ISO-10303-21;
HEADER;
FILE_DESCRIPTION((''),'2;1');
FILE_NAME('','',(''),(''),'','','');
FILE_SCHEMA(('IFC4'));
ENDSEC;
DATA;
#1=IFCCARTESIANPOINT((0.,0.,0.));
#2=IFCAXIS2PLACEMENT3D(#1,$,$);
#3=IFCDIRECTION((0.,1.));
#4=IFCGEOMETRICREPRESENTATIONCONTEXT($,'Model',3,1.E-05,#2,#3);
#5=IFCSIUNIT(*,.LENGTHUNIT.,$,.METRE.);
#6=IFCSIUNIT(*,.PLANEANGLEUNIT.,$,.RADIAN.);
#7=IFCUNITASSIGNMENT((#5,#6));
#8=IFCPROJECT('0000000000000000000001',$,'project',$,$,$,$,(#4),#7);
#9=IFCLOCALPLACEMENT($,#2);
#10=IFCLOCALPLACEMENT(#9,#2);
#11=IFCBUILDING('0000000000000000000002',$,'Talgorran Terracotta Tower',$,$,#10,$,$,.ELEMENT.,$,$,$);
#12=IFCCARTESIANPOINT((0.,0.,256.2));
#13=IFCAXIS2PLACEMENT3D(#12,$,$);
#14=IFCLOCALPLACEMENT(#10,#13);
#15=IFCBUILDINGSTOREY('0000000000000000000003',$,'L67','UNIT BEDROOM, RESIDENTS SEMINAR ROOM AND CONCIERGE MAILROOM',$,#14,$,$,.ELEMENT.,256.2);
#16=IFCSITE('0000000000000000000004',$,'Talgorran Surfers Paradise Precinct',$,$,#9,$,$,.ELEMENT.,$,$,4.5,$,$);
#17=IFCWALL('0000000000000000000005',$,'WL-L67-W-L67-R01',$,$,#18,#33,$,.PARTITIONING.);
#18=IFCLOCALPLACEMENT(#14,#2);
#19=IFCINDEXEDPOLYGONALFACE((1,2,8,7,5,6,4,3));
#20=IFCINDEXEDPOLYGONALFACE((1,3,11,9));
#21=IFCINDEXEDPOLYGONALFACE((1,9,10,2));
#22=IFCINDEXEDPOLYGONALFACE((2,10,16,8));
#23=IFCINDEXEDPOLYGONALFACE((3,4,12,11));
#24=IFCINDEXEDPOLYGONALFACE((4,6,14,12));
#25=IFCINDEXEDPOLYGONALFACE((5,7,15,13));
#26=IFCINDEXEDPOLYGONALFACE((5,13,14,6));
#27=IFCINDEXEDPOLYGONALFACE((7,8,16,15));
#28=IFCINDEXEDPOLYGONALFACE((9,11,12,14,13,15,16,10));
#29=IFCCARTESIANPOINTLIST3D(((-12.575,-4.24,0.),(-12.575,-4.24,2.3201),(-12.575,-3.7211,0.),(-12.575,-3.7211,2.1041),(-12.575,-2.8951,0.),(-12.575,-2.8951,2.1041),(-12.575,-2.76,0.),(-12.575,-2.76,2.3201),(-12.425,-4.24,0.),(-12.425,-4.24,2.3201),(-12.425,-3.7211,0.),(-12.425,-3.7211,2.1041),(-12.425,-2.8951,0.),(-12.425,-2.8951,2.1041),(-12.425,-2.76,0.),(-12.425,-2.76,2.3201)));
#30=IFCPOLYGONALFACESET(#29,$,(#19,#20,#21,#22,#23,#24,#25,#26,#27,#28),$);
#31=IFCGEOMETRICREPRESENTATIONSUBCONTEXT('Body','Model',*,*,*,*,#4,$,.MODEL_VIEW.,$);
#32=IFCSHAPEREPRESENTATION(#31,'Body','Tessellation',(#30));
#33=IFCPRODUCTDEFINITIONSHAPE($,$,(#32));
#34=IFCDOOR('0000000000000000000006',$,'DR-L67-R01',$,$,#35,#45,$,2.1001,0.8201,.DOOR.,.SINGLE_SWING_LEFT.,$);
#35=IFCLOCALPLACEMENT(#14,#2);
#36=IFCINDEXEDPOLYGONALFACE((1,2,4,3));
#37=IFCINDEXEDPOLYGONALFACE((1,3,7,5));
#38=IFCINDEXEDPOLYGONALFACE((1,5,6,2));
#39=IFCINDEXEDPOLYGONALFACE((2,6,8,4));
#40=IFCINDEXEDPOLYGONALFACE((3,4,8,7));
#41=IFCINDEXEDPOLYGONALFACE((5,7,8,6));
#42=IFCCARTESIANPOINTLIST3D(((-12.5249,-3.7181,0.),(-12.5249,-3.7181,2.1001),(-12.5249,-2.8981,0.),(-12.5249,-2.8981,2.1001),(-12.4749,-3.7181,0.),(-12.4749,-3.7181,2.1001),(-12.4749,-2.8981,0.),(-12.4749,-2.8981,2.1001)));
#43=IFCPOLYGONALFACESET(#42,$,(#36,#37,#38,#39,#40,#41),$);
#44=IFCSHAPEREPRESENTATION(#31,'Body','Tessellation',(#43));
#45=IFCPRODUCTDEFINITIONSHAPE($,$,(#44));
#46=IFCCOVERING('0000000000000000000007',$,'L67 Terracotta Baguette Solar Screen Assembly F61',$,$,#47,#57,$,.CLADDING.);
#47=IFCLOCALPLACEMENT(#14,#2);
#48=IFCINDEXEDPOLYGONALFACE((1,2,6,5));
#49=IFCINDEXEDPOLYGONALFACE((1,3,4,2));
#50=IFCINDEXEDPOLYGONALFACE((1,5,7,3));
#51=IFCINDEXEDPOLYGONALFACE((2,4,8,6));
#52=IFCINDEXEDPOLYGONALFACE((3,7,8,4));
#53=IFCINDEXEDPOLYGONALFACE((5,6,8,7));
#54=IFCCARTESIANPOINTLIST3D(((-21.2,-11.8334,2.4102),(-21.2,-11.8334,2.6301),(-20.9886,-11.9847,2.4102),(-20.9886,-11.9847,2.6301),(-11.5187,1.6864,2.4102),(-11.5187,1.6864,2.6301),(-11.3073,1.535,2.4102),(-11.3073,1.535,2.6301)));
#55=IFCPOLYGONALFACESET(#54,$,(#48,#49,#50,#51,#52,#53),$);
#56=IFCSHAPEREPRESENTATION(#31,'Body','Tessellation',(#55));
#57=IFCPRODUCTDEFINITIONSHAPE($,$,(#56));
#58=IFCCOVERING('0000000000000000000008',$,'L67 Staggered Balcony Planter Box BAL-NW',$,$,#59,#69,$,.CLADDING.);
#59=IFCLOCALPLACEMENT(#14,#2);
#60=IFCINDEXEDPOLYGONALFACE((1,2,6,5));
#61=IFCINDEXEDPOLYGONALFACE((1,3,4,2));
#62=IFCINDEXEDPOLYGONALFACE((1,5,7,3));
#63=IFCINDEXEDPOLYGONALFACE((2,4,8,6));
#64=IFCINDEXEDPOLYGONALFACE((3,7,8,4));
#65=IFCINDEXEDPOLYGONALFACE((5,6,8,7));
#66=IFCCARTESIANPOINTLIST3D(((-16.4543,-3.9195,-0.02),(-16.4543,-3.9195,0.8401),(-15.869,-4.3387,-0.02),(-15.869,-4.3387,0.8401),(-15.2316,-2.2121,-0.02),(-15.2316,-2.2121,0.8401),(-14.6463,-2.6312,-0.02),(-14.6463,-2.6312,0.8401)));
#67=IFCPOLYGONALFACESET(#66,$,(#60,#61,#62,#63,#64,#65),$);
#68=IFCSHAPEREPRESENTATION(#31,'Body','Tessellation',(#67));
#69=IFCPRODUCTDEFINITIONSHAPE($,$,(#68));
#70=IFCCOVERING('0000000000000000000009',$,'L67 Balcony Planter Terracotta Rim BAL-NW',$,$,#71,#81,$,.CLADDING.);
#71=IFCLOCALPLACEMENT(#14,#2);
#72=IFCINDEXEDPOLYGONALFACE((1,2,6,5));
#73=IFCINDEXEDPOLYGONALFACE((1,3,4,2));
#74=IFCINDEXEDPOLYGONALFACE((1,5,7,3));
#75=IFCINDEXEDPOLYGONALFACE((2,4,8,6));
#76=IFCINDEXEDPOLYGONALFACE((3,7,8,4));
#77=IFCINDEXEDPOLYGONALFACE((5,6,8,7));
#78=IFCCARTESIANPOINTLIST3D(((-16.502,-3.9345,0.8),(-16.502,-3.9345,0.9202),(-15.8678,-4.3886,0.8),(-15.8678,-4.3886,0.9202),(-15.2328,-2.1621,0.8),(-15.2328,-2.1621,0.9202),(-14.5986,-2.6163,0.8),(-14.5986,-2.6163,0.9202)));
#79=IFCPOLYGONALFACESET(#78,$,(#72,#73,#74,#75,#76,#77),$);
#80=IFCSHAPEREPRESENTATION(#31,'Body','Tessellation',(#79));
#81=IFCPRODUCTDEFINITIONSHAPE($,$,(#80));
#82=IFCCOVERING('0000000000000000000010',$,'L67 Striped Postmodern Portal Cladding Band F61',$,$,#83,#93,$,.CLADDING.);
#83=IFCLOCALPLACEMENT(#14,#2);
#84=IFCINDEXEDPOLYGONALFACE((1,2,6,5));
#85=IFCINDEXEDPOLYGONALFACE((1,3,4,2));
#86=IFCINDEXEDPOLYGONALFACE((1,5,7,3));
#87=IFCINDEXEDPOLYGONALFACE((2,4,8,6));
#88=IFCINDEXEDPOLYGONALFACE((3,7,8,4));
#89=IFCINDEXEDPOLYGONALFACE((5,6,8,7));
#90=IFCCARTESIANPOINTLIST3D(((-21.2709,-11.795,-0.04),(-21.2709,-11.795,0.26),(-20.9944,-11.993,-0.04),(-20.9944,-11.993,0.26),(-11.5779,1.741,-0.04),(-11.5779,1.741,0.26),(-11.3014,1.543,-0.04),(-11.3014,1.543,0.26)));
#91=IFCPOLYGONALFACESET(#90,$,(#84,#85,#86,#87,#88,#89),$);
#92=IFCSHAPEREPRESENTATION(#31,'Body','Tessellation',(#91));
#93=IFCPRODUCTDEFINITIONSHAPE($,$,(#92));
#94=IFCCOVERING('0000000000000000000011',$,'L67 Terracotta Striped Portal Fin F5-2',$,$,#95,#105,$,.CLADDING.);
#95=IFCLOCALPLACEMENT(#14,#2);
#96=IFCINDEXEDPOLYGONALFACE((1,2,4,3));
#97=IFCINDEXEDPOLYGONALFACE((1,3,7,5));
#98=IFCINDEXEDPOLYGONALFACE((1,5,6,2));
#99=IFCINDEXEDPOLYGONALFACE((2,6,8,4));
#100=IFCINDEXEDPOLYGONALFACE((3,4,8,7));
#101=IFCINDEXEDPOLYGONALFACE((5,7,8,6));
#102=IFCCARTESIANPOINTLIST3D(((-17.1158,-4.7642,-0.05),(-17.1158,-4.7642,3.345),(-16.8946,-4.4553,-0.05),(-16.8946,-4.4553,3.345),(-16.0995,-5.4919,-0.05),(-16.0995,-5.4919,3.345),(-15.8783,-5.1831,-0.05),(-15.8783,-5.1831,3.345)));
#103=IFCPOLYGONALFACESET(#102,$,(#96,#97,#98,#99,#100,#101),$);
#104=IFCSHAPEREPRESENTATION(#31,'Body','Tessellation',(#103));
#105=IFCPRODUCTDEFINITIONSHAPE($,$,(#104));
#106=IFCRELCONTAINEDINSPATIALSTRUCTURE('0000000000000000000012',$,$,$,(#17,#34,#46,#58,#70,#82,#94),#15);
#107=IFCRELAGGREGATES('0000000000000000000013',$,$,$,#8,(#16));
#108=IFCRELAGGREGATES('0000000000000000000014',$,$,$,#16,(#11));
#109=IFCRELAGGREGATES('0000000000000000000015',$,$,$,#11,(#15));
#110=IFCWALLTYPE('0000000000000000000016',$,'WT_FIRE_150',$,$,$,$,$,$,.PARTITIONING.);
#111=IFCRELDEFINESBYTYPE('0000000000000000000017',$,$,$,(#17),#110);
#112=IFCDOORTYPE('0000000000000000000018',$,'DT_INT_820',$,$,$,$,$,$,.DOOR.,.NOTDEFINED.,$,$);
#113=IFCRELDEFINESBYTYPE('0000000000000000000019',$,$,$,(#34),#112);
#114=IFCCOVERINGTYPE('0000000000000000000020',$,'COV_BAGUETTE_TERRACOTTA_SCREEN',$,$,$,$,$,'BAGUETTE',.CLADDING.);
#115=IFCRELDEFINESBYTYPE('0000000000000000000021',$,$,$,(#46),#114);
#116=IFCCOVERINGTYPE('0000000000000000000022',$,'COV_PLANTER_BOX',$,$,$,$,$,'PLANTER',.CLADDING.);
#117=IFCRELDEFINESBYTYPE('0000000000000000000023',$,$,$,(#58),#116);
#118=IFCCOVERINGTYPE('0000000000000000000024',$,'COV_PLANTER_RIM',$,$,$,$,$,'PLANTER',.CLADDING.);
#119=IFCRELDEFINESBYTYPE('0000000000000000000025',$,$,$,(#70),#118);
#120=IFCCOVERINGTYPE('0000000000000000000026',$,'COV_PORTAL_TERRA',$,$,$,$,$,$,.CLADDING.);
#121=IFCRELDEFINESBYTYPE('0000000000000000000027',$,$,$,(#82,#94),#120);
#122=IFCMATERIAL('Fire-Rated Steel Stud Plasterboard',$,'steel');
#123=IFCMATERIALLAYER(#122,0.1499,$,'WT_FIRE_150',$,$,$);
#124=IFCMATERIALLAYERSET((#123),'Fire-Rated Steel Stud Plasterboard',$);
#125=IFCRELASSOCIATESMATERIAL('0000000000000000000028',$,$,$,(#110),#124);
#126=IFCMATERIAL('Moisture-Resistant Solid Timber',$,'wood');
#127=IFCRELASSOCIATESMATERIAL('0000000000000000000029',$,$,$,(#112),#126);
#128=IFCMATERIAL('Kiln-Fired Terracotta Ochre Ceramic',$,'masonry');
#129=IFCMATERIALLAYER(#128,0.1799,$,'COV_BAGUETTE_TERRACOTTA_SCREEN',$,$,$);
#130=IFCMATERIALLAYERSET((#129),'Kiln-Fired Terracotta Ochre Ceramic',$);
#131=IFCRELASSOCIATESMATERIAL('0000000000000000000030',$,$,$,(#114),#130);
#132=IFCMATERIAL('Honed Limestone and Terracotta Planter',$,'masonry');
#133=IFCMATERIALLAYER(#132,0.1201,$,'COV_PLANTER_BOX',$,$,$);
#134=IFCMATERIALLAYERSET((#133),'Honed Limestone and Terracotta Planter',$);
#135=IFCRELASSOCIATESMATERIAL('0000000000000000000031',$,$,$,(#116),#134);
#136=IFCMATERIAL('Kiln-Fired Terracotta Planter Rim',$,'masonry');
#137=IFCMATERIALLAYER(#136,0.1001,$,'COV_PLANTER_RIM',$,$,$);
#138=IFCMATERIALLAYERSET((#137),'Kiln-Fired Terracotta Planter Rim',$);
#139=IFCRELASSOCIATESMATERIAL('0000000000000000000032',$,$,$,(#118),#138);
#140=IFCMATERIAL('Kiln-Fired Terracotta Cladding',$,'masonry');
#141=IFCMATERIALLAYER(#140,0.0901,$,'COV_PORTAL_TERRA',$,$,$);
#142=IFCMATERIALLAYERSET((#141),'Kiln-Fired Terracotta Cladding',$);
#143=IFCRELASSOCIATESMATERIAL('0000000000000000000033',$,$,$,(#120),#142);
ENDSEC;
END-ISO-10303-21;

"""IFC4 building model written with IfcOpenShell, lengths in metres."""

from ifc_helpers import new_model, si_unit, direction, frame, frame_2d, origin, origin_2d, place, context, subcontext, project, spatial, rectangle, extrude, material, layer, layer_set, type_object, element, fill, save


model = new_model("IFC4")

# Units and contexts
model_context = context("Model", 3, precision=1e-05, world=origin(), true_north=direction((0.0, 1.0)))
body_context = subcontext(model_context, "Body", "Model", "MODEL_VIEW")
ifc_project = project(units=[si_unit("LENGTHUNIT", "METRE"), si_unit("PLANEANGLEUNIT", "RADIAN")], contexts=[model_context])

# Site, building, storey
site_placement = place(None, origin())
site = spatial("IfcSite", under=ifc_project, at=site_placement, Name="Talgorran Surfers Paradise Precinct", CompositionType="ELEMENT", RefElevation=4.5)
building_placement = place(site_placement, origin())
building = spatial("IfcBuilding", under=site, at=building_placement, Name="Talgorran Terracotta Tower", CompositionType="ELEMENT")
storey_placement = place(building_placement, frame((0.0, 0.0, 256.2)))
storey = spatial("IfcBuildingStorey", under=building, at=storey_placement, Name="L67", Description="UNIT BEDROOM, RESIDENTS SEMINAR ROOM AND CONCIERGE MAILROOM", CompositionType="ELEMENT", Elevation=256.2)

# Wall, opening, door
ifc_material_1 = material(Name="Fire-Rated Steel Stud Plasterboard", Category="steel")
ifc_layer_1 = layer(ifc_material_1, 0.1499, Name="WT_FIRE_150")
ifc_layer_set_1 = layer_set([ifc_layer_1], Name="Fire-Rated Steel Stud Plasterboard")
wall_type_1 = type_object("IfcWallType", Name="WT_FIRE_150", PredefinedType="PARTITIONING", material=ifc_layer_set_1)
wall_1_placement = place(storey_placement, frame((-12.5, -4.24, 0.0), z_axis=(0.0, 0.0, 1.0), x_axis=(0.0, 1.0, 0.0)))
wall_1 = element("IfcWall", 1, at=wall_1_placement, inside=storey, type_object=wall_type_1, Name="WL-L67-W-L67-R01", PredefinedType="PARTITIONING", context=body_context, shape_type="SweptSolid", body=[
    extrude(rectangle(XDim=1.48, YDim=0.1499, at=frame_2d((0.74, 0.0))), origin(), (0.0, 0.0, 1.0), 2.3201),
])
opening_1_placement = place(wall_1_placement, frame((0.5217, 0.0, 0.0)))
opening_1 = element("IfcOpeningElement", 2, at=opening_1_placement, cuts=wall_1, PredefinedType="OPENING", context=body_context, shape_type="SweptSolid", body=[
    extrude(rectangle(XDim=0.8261, YDim=2.1041, at=frame_2d((0.4102, 1.052))), frame((0.0, 0.085, 0.0), z_axis=(0.0, -1.0, 0.0), x_axis=(1.0, 0.0, 0.0)), (0.0, 0.0, 1.0), 0.1699),
])
ifc_material_2 = material(Name="Moisture-Resistant Solid Timber", Category="wood")
door_type_1 = type_object("IfcDoorType", Name="DT_INT_820", OperationType="NOTDEFINED", PredefinedType="DOOR", material=ifc_material_2)
door_1_placement = place(opening_1_placement, origin())
door_1 = element("IfcDoor", 3, at=door_1_placement, inside=storey, type_object=door_type_1, Name="DR-L67-R01", OperationType="SINGLE_SWING_LEFT", OverallHeight=2.1001, OverallWidth=0.8201, PredefinedType="DOOR", context=body_context, shape_type="SweptSolid", body=[
    extrude(rectangle(XDim=0.8201, YDim=2.1001, at=frame_2d((0.4102, 1.05))), frame((0.0, 0.0249, 0.0), z_axis=(0.0, -1.0, 0.0), x_axis=(1.0, 0.0, 0.0)), (0.0, 0.0, 1.0), 0.05),
])
fill(opening_1, door_1)

# Coverings
ifc_material_3 = material(Name="Kiln-Fired Terracotta Ochre Ceramic", Category="masonry")
ifc_layer_2 = layer(ifc_material_3, 0.1799, Name="COV_BAGUETTE_TERRACOTTA_SCREEN")
ifc_layer_set_2 = layer_set([ifc_layer_2], Name="Kiln-Fired Terracotta Ochre Ceramic")
covering_type_1 = type_object("IfcCoveringType", Name="COV_BAGUETTE_TERRACOTTA_SCREEN", ElementType="BAGUETTE", PredefinedType="CLADDING", material=ifc_layer_set_2)
covering_1_placement = place(storey_placement, frame((-16.2537, -5.1492, 2.4102), z_axis=(0.0, 0.0, 1.0), x_axis=(-0.582208, -0.81304, 0.0)))
element("IfcCovering", 4, at=covering_1_placement, inside=storey, type_object=covering_type_1, Name="L67 Terracotta Baguette Solar Screen Assembly F61", PredefinedType="CLADDING", context=body_context, shape_type="SweptSolid", body=[
    extrude(rectangle(XDim=16.6287, YDim=0.26, at=origin_2d()), origin(), (0.0, 0.0, 1.0), 0.22),
])
ifc_material_4 = material(Name="Honed Limestone and Terracotta Planter", Category="masonry")
ifc_layer_3 = layer(ifc_material_4, 0.1201, Name="COV_PLANTER_BOX")
ifc_layer_set_3 = layer_set([ifc_layer_3], Name="Honed Limestone and Terracotta Planter")
covering_type_2 = type_object("IfcCoveringType", Name="COV_PLANTER_BOX", ElementType="PLANTER", PredefinedType="CLADDING", material=ifc_layer_set_3)
covering_2_placement = place(storey_placement, frame((-15.5503, -3.2754, -0.02), z_axis=(0.0, 0.0, 1.0), x_axis=(-0.582208, -0.81304, 0.0)))
element("IfcCovering", 5, at=covering_2_placement, inside=storey, type_object=covering_type_2, Name="L67 Staggered Balcony Planter Box BAL-NW", PredefinedType="CLADDING", context=body_context, shape_type="SweptSolid", body=[
    extrude(rectangle(XDim=2.1001, YDim=0.72, at=origin_2d()), origin(), (0.0, 0.0, 1.0), 0.8601),
])
ifc_material_5 = material(Name="Kiln-Fired Terracotta Planter Rim", Category="masonry")
ifc_layer_4 = layer(ifc_material_5, 0.1001, Name="COV_PLANTER_RIM")
ifc_layer_set_4 = layer_set([ifc_layer_4], Name="Kiln-Fired Terracotta Planter Rim")
covering_type_3 = type_object("IfcCoveringType", Name="COV_PLANTER_RIM", ElementType="PLANTER", PredefinedType="CLADDING", material=ifc_layer_set_4)
covering_3_placement = place(storey_placement, frame((-15.5503, -3.2754, 0.8), z_axis=(0.0, 0.0, 1.0), x_axis=(-0.582208, -0.81304, 0.0)))
element("IfcCovering", 6, at=covering_3_placement, inside=storey, type_object=covering_type_3, Name="L67 Balcony Planter Terracotta Rim BAL-NW", PredefinedType="CLADDING", context=body_context, shape_type="SweptSolid", body=[
    extrude(rectangle(XDim=2.1799, YDim=0.78, at=origin_2d()), origin(), (0.0, 0.0, 1.0), 0.1201),
])
ifc_material_6 = material(Name="Kiln-Fired Terracotta Cladding", Category="masonry")
ifc_layer_5 = layer(ifc_material_6, 0.0901, Name="COV_PORTAL_TERRA")
ifc_layer_set_5 = layer_set([ifc_layer_5], Name="Kiln-Fired Terracotta Cladding")
covering_type_4 = type_object("IfcCoveringType", Name="COV_PORTAL_TERRA", PredefinedType="CLADDING", material=ifc_layer_set_5)
covering_4_placement = place(storey_placement, frame((-16.2861, -5.126, -0.04), z_axis=(0.0, 0.0, 1.0), x_axis=(-0.582208, -0.81304, 0.0)))
element("IfcCovering", 7, at=covering_4_placement, inside=storey, type_object=covering_type_4, Name="L67 Striped Postmodern Portal Cladding Band F61", PredefinedType="CLADDING", context=body_context, shape_type="SweptSolid", body=[
    extrude(rectangle(XDim=16.6487, YDim=0.3401, at=origin_2d()), origin(), (0.0, 0.0, 1.0), 0.3),
])
covering_5_placement = place(storey_placement, frame((-16.4971, -4.9736, -0.05), z_axis=(0.0, 0.0, 1.0), x_axis=(-0.582208, -0.81304, 0.0)))
element("IfcCovering", 8, at=covering_5_placement, inside=storey, type_object=covering_type_4, Name="L67 Terracotta Striped Portal Fin F5-2", PredefinedType="CLADDING", context=body_context, shape_type="SweptSolid", body=[
    extrude(rectangle(XDim=0.3799, YDim=1.25, at=origin_2d()), origin(), (0.0, 0.0, 1.0), 3.395),
])

save(model, "model.ifc")
